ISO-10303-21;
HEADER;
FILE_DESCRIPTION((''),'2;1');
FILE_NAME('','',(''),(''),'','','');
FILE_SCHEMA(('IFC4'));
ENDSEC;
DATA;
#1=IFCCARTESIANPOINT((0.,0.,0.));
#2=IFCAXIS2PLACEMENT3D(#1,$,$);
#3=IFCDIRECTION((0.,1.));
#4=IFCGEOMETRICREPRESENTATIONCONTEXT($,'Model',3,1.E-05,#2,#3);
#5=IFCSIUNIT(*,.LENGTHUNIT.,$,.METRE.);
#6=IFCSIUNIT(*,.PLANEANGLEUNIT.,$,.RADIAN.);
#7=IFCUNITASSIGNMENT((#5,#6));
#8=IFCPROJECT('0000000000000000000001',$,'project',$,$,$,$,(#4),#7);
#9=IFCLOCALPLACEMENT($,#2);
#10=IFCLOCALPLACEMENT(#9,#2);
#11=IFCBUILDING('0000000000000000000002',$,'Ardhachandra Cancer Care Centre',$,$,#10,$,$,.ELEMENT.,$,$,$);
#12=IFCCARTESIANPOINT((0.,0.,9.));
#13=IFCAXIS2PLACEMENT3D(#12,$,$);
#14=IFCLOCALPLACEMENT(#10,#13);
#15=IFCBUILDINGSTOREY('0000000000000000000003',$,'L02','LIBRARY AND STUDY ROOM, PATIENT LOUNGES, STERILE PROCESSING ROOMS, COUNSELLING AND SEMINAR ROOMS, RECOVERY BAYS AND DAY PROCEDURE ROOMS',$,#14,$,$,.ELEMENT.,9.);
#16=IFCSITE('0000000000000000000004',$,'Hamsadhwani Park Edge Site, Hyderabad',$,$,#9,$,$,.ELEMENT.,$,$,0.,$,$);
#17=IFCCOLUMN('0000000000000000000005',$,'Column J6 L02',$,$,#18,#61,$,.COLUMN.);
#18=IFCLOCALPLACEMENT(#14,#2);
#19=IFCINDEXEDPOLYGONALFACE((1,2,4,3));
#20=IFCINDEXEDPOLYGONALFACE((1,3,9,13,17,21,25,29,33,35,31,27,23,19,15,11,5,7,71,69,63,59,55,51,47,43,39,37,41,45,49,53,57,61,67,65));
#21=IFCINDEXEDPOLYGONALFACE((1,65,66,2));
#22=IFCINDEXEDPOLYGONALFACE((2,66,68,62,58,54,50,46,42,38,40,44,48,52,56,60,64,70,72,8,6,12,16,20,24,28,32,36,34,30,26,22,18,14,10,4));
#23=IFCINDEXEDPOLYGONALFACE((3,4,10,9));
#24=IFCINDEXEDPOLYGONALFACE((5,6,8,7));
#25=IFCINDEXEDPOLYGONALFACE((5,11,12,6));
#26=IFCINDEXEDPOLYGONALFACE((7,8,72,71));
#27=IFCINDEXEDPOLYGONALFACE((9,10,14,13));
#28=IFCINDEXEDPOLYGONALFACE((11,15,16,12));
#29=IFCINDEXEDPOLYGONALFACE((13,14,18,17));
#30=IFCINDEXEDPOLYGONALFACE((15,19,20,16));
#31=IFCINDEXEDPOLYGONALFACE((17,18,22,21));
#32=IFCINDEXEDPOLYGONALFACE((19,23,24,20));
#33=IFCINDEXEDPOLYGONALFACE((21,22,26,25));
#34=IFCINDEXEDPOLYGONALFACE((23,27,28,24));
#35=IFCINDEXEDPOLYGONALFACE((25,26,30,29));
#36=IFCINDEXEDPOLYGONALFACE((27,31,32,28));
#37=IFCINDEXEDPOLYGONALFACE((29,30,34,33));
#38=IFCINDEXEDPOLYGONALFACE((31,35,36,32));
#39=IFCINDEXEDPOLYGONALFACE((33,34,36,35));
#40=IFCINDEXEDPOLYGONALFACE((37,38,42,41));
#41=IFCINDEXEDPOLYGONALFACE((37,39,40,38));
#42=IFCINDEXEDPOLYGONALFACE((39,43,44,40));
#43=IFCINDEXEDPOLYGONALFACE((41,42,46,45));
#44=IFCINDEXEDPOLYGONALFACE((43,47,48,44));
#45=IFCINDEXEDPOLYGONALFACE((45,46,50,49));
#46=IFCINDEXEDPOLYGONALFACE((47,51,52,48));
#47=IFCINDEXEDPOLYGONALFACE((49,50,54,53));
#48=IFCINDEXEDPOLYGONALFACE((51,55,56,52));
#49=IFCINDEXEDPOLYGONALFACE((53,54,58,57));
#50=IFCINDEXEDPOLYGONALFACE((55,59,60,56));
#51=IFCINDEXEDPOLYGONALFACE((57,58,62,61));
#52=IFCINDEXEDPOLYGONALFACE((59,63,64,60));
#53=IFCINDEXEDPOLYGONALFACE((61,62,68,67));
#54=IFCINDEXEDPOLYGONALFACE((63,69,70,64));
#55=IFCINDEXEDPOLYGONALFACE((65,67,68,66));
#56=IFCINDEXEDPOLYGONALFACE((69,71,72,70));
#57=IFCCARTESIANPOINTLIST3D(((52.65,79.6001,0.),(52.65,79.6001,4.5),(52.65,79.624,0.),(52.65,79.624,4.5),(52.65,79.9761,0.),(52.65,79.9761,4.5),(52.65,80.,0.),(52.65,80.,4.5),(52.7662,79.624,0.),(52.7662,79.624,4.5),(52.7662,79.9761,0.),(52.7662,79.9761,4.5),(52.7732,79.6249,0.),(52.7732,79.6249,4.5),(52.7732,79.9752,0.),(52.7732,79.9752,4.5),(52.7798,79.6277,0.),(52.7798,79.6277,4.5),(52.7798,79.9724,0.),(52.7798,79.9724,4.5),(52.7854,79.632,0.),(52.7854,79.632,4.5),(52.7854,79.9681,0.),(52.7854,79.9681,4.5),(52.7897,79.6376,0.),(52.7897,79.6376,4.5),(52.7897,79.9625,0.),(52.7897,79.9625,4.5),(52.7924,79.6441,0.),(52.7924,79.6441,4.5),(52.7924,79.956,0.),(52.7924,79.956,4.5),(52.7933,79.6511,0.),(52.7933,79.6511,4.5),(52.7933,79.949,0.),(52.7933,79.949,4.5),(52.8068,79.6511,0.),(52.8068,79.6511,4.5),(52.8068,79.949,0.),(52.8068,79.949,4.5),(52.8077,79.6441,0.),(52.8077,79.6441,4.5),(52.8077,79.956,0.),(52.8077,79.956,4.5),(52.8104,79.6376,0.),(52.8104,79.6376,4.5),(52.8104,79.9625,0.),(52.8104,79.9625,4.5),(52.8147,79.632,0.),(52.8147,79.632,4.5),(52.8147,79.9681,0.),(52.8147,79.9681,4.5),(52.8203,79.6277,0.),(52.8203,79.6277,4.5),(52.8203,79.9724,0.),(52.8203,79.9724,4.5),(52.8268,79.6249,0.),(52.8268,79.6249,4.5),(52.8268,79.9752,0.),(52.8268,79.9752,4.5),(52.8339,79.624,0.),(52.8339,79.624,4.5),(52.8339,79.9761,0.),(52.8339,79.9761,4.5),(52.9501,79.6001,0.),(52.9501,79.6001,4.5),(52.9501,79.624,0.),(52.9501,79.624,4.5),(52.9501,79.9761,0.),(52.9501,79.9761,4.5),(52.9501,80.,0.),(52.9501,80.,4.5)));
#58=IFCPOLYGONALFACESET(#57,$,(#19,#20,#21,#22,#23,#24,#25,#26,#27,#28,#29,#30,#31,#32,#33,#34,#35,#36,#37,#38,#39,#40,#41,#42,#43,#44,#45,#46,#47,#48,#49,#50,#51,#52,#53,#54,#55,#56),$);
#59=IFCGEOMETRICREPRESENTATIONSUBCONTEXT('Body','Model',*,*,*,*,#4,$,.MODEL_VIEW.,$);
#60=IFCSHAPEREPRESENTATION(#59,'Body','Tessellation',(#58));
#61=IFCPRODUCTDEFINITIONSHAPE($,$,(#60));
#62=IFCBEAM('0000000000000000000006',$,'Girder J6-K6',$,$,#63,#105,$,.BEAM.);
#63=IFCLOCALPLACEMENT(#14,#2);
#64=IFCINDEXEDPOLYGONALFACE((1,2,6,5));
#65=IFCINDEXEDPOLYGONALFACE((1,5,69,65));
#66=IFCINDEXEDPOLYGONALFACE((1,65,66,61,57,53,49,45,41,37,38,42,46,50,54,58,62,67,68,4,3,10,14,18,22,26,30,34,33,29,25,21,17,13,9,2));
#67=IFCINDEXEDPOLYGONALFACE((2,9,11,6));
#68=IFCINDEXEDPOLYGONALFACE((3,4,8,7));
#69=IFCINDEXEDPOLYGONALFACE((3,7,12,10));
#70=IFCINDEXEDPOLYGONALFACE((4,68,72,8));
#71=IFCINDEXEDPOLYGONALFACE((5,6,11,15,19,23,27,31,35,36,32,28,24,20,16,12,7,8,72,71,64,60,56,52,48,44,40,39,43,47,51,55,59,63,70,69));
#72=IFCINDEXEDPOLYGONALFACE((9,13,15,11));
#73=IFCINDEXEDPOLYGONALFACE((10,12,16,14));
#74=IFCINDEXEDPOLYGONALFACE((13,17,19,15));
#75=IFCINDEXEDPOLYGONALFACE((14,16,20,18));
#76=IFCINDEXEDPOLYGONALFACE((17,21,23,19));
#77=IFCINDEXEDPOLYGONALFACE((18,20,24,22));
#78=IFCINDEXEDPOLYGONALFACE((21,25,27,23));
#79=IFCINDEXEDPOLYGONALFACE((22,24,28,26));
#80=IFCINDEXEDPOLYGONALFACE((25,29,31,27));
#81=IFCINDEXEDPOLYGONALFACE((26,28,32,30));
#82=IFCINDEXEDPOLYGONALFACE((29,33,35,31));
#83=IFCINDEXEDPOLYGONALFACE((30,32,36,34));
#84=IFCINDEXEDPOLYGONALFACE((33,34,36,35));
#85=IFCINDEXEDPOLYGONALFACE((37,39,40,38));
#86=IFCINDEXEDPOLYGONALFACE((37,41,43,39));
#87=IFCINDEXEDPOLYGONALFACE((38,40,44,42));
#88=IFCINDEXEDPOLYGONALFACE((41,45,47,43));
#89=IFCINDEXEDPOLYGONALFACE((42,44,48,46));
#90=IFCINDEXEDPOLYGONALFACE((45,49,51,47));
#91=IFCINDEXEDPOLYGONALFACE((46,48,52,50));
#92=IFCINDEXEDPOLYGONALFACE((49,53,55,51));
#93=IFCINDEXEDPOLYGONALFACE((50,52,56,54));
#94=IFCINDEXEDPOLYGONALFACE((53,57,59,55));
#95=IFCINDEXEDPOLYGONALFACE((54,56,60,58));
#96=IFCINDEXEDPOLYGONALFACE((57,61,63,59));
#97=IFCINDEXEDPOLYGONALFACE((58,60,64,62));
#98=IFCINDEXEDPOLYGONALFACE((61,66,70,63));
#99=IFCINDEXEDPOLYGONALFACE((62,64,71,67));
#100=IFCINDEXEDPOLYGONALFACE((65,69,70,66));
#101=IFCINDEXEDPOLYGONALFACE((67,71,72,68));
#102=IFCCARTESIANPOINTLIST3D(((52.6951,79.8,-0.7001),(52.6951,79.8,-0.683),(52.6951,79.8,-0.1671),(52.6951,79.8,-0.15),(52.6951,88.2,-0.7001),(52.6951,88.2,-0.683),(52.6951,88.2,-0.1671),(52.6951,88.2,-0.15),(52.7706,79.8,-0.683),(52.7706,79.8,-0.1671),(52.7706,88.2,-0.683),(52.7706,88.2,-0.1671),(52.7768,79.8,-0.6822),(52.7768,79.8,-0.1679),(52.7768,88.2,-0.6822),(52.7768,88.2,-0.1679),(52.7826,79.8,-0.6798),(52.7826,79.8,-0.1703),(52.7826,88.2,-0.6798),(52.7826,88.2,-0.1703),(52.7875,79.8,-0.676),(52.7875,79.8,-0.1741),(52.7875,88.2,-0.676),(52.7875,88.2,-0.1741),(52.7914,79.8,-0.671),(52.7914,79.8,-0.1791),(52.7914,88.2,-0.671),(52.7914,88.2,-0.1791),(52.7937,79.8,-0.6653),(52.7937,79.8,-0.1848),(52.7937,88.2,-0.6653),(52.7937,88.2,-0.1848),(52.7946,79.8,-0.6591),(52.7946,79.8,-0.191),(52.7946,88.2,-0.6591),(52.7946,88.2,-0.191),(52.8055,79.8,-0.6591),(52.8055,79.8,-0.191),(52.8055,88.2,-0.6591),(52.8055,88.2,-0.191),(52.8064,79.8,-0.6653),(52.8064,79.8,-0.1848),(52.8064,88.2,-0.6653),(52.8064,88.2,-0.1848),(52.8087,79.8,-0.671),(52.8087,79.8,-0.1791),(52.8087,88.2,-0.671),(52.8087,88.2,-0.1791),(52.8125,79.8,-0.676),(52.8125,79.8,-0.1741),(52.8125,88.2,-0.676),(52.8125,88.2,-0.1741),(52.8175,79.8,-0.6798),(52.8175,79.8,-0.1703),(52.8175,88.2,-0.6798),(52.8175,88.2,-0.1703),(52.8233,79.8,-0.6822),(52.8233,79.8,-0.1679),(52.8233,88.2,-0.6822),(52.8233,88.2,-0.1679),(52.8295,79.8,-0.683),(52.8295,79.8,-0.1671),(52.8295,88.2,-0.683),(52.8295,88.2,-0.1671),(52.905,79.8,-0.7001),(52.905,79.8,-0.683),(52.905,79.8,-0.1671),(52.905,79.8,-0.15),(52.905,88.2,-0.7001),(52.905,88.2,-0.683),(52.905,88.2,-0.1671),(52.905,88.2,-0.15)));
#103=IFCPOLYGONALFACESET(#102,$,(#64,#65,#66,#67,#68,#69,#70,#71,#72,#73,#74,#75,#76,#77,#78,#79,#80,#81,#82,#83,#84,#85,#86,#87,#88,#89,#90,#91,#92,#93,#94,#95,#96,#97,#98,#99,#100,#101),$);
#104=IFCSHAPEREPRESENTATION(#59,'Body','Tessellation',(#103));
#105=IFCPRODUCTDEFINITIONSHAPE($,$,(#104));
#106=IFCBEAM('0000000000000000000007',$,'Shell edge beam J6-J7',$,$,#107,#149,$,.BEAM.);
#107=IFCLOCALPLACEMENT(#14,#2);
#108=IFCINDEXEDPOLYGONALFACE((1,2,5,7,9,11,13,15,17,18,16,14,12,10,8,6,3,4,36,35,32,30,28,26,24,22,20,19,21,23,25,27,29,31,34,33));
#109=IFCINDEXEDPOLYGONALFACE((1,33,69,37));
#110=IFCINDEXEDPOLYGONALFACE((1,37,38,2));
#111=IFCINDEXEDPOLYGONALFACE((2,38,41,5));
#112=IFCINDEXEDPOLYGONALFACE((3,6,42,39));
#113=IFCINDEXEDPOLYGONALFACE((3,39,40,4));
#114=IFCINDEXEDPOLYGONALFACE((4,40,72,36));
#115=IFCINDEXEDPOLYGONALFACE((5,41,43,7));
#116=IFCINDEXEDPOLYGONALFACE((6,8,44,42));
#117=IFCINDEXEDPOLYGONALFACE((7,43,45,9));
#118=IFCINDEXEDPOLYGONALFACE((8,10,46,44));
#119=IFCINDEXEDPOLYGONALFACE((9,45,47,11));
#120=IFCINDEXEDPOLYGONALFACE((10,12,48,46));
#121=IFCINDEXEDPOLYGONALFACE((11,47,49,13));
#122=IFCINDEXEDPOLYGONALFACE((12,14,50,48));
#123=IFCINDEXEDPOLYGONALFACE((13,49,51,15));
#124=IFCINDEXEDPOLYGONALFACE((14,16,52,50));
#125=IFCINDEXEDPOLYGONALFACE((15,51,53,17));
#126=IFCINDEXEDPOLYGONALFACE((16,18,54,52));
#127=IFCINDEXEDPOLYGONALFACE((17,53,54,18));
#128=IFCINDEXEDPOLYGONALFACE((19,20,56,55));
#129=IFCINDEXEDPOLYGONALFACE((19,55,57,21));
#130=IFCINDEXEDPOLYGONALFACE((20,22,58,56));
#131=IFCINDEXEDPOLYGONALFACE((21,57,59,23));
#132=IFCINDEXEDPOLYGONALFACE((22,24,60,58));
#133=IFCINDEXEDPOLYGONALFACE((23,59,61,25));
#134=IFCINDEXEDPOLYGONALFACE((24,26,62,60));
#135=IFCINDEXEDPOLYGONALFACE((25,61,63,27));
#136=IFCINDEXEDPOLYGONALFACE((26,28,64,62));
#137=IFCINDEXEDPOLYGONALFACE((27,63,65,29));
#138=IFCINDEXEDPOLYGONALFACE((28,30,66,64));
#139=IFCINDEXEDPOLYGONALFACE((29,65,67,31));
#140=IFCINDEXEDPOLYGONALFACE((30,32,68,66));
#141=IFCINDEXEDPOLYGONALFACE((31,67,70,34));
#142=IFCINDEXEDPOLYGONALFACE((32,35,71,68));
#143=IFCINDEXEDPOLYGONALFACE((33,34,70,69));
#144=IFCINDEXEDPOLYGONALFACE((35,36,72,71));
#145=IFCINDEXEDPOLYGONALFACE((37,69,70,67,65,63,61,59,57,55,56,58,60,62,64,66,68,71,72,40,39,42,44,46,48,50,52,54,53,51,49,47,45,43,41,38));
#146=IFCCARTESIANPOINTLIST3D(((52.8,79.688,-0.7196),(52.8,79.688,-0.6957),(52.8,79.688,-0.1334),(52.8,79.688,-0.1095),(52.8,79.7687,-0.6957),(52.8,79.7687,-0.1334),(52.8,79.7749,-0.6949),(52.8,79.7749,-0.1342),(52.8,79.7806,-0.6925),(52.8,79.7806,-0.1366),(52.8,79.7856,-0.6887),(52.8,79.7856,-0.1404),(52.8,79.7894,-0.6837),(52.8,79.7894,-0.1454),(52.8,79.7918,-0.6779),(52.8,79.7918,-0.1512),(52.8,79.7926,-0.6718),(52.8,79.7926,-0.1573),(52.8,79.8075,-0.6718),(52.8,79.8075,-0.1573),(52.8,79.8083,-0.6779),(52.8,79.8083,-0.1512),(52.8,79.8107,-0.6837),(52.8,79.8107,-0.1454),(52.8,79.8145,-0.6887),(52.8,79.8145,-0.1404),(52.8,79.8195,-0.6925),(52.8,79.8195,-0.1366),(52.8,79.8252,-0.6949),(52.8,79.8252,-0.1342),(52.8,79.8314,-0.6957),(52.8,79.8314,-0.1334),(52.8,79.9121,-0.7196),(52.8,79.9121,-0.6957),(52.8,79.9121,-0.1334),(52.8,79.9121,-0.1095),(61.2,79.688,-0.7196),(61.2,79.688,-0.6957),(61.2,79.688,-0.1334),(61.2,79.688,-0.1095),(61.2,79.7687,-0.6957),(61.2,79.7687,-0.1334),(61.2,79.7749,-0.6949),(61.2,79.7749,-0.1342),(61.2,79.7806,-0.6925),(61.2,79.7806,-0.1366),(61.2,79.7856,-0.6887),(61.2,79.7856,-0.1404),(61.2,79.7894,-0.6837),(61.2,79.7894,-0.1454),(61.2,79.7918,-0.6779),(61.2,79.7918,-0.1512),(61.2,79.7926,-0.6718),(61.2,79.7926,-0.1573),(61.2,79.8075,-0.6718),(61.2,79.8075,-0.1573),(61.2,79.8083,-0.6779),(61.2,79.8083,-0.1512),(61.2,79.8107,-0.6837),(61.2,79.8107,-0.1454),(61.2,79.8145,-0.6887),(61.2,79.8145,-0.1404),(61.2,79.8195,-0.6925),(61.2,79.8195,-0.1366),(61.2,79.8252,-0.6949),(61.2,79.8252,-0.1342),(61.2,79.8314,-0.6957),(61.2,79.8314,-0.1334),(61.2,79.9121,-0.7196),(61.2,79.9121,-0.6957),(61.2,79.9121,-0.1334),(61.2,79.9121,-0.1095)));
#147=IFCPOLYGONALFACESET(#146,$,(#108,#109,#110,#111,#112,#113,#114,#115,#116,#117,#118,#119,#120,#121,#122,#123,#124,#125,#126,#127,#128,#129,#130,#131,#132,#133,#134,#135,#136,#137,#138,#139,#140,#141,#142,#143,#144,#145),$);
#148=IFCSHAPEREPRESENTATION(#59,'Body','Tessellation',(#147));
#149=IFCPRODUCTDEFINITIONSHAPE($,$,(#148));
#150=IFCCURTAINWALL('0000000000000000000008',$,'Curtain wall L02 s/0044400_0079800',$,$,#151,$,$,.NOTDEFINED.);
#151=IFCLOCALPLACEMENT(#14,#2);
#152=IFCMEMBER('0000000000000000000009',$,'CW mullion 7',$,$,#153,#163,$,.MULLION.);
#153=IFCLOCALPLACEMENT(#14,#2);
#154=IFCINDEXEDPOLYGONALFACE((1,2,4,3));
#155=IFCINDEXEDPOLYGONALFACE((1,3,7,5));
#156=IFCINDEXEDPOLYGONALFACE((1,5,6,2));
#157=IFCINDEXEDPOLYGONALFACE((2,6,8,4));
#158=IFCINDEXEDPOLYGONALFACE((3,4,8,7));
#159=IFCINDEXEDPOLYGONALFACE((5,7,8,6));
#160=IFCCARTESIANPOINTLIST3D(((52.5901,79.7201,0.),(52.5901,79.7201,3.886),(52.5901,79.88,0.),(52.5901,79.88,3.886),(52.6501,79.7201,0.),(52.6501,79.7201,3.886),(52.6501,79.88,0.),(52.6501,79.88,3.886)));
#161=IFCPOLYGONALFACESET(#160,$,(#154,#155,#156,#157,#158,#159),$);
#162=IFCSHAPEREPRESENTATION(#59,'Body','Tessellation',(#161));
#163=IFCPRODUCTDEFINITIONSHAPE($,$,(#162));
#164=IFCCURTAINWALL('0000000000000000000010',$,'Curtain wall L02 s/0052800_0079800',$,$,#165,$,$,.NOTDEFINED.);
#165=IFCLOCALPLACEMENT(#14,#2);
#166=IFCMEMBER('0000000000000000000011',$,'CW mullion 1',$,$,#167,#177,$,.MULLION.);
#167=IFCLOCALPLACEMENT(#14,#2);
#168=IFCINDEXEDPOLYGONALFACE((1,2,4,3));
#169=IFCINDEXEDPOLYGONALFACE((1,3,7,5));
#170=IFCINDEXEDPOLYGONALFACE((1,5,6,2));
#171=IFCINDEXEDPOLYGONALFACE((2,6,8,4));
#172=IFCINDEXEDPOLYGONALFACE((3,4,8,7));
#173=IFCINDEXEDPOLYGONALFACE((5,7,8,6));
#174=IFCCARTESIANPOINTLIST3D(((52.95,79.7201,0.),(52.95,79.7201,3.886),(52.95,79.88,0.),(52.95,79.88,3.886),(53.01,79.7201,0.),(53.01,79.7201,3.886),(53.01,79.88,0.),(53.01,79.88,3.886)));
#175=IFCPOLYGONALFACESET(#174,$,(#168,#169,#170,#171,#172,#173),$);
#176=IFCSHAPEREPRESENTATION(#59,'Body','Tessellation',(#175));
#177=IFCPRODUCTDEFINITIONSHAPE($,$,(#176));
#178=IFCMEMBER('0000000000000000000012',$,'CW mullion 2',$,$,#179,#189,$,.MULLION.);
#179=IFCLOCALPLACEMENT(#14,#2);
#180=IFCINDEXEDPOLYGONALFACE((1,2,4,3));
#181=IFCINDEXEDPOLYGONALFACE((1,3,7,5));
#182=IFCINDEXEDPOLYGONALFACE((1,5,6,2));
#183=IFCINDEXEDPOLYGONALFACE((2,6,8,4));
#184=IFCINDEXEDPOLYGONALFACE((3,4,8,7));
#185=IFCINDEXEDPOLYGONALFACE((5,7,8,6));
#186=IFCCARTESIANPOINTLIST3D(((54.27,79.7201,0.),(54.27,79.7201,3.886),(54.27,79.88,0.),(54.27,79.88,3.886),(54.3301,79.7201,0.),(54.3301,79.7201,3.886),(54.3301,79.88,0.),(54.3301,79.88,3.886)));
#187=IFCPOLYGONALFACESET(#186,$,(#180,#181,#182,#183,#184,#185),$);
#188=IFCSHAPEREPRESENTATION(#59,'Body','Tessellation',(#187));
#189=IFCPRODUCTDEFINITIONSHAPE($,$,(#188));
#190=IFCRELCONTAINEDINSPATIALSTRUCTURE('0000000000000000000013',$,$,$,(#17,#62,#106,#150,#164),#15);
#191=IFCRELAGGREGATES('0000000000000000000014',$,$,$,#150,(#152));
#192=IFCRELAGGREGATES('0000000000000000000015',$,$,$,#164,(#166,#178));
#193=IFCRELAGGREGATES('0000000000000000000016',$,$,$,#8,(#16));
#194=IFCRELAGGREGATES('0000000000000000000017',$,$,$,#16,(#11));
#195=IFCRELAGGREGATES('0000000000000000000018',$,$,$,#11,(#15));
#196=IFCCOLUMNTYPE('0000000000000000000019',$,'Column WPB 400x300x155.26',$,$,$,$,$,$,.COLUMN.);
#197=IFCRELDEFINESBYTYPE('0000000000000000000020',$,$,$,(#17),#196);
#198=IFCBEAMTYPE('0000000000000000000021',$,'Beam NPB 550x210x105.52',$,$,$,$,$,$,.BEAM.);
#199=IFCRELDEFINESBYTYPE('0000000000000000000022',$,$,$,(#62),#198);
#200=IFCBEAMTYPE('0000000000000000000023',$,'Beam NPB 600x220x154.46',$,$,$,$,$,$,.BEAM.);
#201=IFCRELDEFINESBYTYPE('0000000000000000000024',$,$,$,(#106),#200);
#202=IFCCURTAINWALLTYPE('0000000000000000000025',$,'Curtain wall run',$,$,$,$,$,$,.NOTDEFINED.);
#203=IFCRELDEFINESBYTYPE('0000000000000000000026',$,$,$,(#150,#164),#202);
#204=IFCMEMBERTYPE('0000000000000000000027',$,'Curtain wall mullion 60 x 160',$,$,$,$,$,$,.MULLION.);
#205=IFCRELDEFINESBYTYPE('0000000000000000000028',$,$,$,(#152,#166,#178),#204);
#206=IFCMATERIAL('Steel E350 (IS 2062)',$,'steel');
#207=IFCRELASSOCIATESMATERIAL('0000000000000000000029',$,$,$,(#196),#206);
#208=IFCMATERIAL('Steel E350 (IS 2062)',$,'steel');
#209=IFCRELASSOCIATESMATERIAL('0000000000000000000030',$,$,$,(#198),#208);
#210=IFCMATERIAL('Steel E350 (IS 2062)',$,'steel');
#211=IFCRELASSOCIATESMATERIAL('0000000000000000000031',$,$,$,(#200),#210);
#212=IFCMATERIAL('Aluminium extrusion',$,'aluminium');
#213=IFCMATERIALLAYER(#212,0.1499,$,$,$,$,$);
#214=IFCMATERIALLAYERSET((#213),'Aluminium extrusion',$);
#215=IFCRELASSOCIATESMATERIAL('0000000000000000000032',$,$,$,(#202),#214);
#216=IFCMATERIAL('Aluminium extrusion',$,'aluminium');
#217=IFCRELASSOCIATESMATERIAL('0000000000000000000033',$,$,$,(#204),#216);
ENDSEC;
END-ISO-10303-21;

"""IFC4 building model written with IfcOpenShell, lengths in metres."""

from ifc_helpers import new_model, si_unit, direction, frame, origin, origin_2d, place, context, subcontext, project, spatial, rectangle, i_section, extrude, material, layer, layer_set, material_profile, profile_set, type_object, element, aggregate, save


model = new_model("IFC4")

# Units and contexts
model_context = context("Model", 3, precision=1e-05, world=origin(), true_north=direction((0.0, 1.0)))
body_context = subcontext(model_context, "Body", "Model", "MODEL_VIEW")
ifc_project = project(units=[si_unit("LENGTHUNIT", "METRE"), si_unit("PLANEANGLEUNIT", "RADIAN")], contexts=[model_context])

# Site, building, storey
site_placement = place(None, origin())
site = spatial("IfcSite", under=ifc_project, at=site_placement, Name="Hamsadhwani Park Edge Site, Hyderabad", CompositionType="ELEMENT", RefElevation=0.0)
building_placement = place(site_placement, origin())
building = spatial("IfcBuilding", under=site, at=building_placement, Name="Ardhachandra Cancer Care Centre", CompositionType="ELEMENT")
storey_placement = place(building_placement, frame((0.0, 0.0, 9.0)))
storey = spatial("IfcBuildingStorey", under=building, at=storey_placement, Name="L02", Description="LIBRARY AND STUDY ROOM, PATIENT LOUNGES, STERILE PROCESSING ROOMS, COUNSELLING AND SEMINAR ROOMS, RECOVERY BAYS AND DAY PROCEDURE ROOMS", CompositionType="ELEMENT", Elevation=9.0)

# Column
ifc_material_1 = material(Name="Steel E350 (IS 2062)", Category="steel")
ifc_material_profile_1 = material_profile(ifc_material_1, i_section(OverallWidth=0.3, OverallDepth=0.3999, WebThickness=0.0134, FlangeThickness=0.0239, FilletRadius=0.0271, at=origin_2d()), Name="WPB 400x300x155.26")
ifc_profile_set_1 = profile_set([ifc_material_profile_1], Name="Steel E350 (IS 2062)")
column_type = type_object("IfcColumnType", Name="Column WPB 400x300x155.26", PredefinedType="COLUMN", material=ifc_profile_set_1)
column_placement = place(storey_placement, frame((52.8, 79.8, 0.0), z_axis=(0.0, 0.0, 1.0), x_axis=(1.0, 0.0, 0.0)))
element("IfcColumn", 1, at=column_placement, inside=storey, type_object=column_type, Name="Column J6 L02", PredefinedType="COLUMN", context=body_context, shape_type="SweptSolid", body=[
    extrude(i_section(OverallWidth=0.3, OverallDepth=0.3999, WebThickness=0.0134, FlangeThickness=0.0239, FilletRadius=0.0271, at=origin_2d()), origin(), (0.0, 0.0, 1.0), 4.5),
])

# Beams
ifc_material_2 = material(Name="Steel E350 (IS 2062)", Category="steel")
ifc_material_profile_2 = material_profile(ifc_material_2, i_section(OverallWidth=0.21, OverallDepth=0.55, WebThickness=0.011, FlangeThickness=0.0171, FilletRadius=0.0239, at=origin_2d()), Name="NPB 550x210x105.52")
ifc_profile_set_2 = profile_set([ifc_material_profile_2], Name="Steel E350 (IS 2062)")
beam_type_1 = type_object("IfcBeamType", Name="Beam NPB 550x210x105.52", PredefinedType="BEAM", material=ifc_profile_set_2)
beam_1_placement = place(storey_placement, frame((52.8, 79.8, -0.425), z_axis=(0.0, 1.0, 0.0), x_axis=(-1.0, 0.0, 0.0)))
element("IfcBeam", 2, at=beam_1_placement, inside=storey, type_object=beam_type_1, Name="Girder J6-K6", PredefinedType="BEAM", context=body_context, shape_type="SweptSolid", body=[
    extrude(i_section(OverallWidth=0.21, OverallDepth=0.55, WebThickness=0.011, FlangeThickness=0.0171, FilletRadius=0.0239, at=origin_2d()), origin(), (0.0, 0.0, 1.0), 8.3999),
])
ifc_material_3 = material(Name="Steel E350 (IS 2062)", Category="steel")
ifc_material_profile_3 = material_profile(ifc_material_3, i_section(OverallWidth=0.2241, OverallDepth=0.6101, WebThickness=0.0149, FlangeThickness=0.0239, FilletRadius=0.0239, at=origin_2d()), Name="NPB 600x220x154.46")
ifc_profile_set_3 = profile_set([ifc_material_profile_3], Name="Steel E350 (IS 2062)")
beam_type_2 = type_object("IfcBeamType", Name="Beam NPB 600x220x154.46", PredefinedType="BEAM", material=ifc_profile_set_3)
beam_2_placement = place(storey_placement, frame((52.8, 79.8, -0.4146), z_axis=(1.0, 0.0, 0.0), x_axis=(0.0, 1.0, 0.0)))
element("IfcBeam", 3, at=beam_2_placement, inside=storey, type_object=beam_type_2, Name="Shell edge beam J6-J7", PredefinedType="BEAM", context=body_context, shape_type="SweptSolid", body=[
    extrude(i_section(OverallWidth=0.2241, OverallDepth=0.6101, WebThickness=0.0149, FlangeThickness=0.0239, FilletRadius=0.0239, at=origin_2d()), origin(), (0.0, 0.0, 1.0), 8.3999),
])

# Curtain wall, member
ifc_material_4 = material(Name="Aluminium extrusion", Category="aluminium")
ifc_layer_1 = layer(ifc_material_4, 0.1499)
ifc_layer_set_1 = layer_set([ifc_layer_1], Name="Aluminium extrusion")
curtain_wall_type = type_object("IfcCurtainWallType", Name="Curtain wall run", PredefinedType="NOTDEFINED", material=ifc_layer_set_1)
curtain_wall_1_placement = place(storey_placement, origin())
curtain_wall_1 = element("IfcCurtainWall", 4, at=curtain_wall_1_placement, inside=storey, type_object=curtain_wall_type, Name="Curtain wall L02 s/0044400_0079800", PredefinedType="NOTDEFINED")
ifc_material_5 = material(Name="Aluminium extrusion", Category="aluminium")
ifc_material_profile_4 = material_profile(ifc_material_5, rectangle(XDim=0.1599, YDim=0.0601, at=origin_2d()), Name="Curtain wall mullion 60 x 160")
ifc_profile_set_4 = profile_set([ifc_material_profile_4], Name="Aluminium extrusion")
member_type_1 = type_object("IfcMemberType", Name="Curtain wall mullion 60 x 160", PredefinedType="MULLION", material=ifc_profile_set_4)
member_1_placement = place(storey_placement, frame((52.6201, 79.8, 0.0), z_axis=(0.0, 0.0, 1.0), x_axis=(0.0, 1.0, 0.0)))
member_1 = element("IfcMember", 5, at=member_1_placement, type_object=member_type_1, Name="CW mullion 7", PredefinedType="MULLION", context=body_context, shape_type="SweptSolid", body=[
    extrude(rectangle(XDim=0.1599, YDim=0.0601, at=origin_2d()), origin(), (0.0, 0.0, 1.0), 3.886),
])

# Curtain wall, members
curtain_wall_2_placement = place(storey_placement, origin())
curtain_wall_2 = element("IfcCurtainWall", 6, at=curtain_wall_2_placement, inside=storey, type_object=curtain_wall_type, Name="Curtain wall L02 s/0052800_0079800", PredefinedType="NOTDEFINED")
member_2_placement = place(storey_placement, frame((52.98, 79.8, 0.0), z_axis=(0.0, 0.0, 1.0), x_axis=(0.0, 1.0, 0.0)))
member_2 = element("IfcMember", 7, at=member_2_placement, type_object=member_type_1, Name="CW mullion 1", PredefinedType="MULLION", context=body_context, shape_type="SweptSolid", body=[
    extrude(rectangle(XDim=0.1599, YDim=0.0601, at=origin_2d()), origin(), (0.0, 0.0, 1.0), 3.886),
])
member_3_placement = place(storey_placement, frame((54.3, 79.8, 0.0), z_axis=(0.0, 0.0, 1.0), x_axis=(0.0, 1.0, 0.0)))
member_3 = element("IfcMember", 8, at=member_3_placement, type_object=member_type_1, Name="CW mullion 2", PredefinedType="MULLION", context=body_context, shape_type="SweptSolid", body=[
    extrude(rectangle(XDim=0.1599, YDim=0.0601, at=origin_2d()), origin(), (0.0, 0.0, 1.0), 3.886),
])

aggregate(curtain_wall_1, [member_1])
aggregate(curtain_wall_2, [member_2, member_3])

save(model, "model.ifc")
